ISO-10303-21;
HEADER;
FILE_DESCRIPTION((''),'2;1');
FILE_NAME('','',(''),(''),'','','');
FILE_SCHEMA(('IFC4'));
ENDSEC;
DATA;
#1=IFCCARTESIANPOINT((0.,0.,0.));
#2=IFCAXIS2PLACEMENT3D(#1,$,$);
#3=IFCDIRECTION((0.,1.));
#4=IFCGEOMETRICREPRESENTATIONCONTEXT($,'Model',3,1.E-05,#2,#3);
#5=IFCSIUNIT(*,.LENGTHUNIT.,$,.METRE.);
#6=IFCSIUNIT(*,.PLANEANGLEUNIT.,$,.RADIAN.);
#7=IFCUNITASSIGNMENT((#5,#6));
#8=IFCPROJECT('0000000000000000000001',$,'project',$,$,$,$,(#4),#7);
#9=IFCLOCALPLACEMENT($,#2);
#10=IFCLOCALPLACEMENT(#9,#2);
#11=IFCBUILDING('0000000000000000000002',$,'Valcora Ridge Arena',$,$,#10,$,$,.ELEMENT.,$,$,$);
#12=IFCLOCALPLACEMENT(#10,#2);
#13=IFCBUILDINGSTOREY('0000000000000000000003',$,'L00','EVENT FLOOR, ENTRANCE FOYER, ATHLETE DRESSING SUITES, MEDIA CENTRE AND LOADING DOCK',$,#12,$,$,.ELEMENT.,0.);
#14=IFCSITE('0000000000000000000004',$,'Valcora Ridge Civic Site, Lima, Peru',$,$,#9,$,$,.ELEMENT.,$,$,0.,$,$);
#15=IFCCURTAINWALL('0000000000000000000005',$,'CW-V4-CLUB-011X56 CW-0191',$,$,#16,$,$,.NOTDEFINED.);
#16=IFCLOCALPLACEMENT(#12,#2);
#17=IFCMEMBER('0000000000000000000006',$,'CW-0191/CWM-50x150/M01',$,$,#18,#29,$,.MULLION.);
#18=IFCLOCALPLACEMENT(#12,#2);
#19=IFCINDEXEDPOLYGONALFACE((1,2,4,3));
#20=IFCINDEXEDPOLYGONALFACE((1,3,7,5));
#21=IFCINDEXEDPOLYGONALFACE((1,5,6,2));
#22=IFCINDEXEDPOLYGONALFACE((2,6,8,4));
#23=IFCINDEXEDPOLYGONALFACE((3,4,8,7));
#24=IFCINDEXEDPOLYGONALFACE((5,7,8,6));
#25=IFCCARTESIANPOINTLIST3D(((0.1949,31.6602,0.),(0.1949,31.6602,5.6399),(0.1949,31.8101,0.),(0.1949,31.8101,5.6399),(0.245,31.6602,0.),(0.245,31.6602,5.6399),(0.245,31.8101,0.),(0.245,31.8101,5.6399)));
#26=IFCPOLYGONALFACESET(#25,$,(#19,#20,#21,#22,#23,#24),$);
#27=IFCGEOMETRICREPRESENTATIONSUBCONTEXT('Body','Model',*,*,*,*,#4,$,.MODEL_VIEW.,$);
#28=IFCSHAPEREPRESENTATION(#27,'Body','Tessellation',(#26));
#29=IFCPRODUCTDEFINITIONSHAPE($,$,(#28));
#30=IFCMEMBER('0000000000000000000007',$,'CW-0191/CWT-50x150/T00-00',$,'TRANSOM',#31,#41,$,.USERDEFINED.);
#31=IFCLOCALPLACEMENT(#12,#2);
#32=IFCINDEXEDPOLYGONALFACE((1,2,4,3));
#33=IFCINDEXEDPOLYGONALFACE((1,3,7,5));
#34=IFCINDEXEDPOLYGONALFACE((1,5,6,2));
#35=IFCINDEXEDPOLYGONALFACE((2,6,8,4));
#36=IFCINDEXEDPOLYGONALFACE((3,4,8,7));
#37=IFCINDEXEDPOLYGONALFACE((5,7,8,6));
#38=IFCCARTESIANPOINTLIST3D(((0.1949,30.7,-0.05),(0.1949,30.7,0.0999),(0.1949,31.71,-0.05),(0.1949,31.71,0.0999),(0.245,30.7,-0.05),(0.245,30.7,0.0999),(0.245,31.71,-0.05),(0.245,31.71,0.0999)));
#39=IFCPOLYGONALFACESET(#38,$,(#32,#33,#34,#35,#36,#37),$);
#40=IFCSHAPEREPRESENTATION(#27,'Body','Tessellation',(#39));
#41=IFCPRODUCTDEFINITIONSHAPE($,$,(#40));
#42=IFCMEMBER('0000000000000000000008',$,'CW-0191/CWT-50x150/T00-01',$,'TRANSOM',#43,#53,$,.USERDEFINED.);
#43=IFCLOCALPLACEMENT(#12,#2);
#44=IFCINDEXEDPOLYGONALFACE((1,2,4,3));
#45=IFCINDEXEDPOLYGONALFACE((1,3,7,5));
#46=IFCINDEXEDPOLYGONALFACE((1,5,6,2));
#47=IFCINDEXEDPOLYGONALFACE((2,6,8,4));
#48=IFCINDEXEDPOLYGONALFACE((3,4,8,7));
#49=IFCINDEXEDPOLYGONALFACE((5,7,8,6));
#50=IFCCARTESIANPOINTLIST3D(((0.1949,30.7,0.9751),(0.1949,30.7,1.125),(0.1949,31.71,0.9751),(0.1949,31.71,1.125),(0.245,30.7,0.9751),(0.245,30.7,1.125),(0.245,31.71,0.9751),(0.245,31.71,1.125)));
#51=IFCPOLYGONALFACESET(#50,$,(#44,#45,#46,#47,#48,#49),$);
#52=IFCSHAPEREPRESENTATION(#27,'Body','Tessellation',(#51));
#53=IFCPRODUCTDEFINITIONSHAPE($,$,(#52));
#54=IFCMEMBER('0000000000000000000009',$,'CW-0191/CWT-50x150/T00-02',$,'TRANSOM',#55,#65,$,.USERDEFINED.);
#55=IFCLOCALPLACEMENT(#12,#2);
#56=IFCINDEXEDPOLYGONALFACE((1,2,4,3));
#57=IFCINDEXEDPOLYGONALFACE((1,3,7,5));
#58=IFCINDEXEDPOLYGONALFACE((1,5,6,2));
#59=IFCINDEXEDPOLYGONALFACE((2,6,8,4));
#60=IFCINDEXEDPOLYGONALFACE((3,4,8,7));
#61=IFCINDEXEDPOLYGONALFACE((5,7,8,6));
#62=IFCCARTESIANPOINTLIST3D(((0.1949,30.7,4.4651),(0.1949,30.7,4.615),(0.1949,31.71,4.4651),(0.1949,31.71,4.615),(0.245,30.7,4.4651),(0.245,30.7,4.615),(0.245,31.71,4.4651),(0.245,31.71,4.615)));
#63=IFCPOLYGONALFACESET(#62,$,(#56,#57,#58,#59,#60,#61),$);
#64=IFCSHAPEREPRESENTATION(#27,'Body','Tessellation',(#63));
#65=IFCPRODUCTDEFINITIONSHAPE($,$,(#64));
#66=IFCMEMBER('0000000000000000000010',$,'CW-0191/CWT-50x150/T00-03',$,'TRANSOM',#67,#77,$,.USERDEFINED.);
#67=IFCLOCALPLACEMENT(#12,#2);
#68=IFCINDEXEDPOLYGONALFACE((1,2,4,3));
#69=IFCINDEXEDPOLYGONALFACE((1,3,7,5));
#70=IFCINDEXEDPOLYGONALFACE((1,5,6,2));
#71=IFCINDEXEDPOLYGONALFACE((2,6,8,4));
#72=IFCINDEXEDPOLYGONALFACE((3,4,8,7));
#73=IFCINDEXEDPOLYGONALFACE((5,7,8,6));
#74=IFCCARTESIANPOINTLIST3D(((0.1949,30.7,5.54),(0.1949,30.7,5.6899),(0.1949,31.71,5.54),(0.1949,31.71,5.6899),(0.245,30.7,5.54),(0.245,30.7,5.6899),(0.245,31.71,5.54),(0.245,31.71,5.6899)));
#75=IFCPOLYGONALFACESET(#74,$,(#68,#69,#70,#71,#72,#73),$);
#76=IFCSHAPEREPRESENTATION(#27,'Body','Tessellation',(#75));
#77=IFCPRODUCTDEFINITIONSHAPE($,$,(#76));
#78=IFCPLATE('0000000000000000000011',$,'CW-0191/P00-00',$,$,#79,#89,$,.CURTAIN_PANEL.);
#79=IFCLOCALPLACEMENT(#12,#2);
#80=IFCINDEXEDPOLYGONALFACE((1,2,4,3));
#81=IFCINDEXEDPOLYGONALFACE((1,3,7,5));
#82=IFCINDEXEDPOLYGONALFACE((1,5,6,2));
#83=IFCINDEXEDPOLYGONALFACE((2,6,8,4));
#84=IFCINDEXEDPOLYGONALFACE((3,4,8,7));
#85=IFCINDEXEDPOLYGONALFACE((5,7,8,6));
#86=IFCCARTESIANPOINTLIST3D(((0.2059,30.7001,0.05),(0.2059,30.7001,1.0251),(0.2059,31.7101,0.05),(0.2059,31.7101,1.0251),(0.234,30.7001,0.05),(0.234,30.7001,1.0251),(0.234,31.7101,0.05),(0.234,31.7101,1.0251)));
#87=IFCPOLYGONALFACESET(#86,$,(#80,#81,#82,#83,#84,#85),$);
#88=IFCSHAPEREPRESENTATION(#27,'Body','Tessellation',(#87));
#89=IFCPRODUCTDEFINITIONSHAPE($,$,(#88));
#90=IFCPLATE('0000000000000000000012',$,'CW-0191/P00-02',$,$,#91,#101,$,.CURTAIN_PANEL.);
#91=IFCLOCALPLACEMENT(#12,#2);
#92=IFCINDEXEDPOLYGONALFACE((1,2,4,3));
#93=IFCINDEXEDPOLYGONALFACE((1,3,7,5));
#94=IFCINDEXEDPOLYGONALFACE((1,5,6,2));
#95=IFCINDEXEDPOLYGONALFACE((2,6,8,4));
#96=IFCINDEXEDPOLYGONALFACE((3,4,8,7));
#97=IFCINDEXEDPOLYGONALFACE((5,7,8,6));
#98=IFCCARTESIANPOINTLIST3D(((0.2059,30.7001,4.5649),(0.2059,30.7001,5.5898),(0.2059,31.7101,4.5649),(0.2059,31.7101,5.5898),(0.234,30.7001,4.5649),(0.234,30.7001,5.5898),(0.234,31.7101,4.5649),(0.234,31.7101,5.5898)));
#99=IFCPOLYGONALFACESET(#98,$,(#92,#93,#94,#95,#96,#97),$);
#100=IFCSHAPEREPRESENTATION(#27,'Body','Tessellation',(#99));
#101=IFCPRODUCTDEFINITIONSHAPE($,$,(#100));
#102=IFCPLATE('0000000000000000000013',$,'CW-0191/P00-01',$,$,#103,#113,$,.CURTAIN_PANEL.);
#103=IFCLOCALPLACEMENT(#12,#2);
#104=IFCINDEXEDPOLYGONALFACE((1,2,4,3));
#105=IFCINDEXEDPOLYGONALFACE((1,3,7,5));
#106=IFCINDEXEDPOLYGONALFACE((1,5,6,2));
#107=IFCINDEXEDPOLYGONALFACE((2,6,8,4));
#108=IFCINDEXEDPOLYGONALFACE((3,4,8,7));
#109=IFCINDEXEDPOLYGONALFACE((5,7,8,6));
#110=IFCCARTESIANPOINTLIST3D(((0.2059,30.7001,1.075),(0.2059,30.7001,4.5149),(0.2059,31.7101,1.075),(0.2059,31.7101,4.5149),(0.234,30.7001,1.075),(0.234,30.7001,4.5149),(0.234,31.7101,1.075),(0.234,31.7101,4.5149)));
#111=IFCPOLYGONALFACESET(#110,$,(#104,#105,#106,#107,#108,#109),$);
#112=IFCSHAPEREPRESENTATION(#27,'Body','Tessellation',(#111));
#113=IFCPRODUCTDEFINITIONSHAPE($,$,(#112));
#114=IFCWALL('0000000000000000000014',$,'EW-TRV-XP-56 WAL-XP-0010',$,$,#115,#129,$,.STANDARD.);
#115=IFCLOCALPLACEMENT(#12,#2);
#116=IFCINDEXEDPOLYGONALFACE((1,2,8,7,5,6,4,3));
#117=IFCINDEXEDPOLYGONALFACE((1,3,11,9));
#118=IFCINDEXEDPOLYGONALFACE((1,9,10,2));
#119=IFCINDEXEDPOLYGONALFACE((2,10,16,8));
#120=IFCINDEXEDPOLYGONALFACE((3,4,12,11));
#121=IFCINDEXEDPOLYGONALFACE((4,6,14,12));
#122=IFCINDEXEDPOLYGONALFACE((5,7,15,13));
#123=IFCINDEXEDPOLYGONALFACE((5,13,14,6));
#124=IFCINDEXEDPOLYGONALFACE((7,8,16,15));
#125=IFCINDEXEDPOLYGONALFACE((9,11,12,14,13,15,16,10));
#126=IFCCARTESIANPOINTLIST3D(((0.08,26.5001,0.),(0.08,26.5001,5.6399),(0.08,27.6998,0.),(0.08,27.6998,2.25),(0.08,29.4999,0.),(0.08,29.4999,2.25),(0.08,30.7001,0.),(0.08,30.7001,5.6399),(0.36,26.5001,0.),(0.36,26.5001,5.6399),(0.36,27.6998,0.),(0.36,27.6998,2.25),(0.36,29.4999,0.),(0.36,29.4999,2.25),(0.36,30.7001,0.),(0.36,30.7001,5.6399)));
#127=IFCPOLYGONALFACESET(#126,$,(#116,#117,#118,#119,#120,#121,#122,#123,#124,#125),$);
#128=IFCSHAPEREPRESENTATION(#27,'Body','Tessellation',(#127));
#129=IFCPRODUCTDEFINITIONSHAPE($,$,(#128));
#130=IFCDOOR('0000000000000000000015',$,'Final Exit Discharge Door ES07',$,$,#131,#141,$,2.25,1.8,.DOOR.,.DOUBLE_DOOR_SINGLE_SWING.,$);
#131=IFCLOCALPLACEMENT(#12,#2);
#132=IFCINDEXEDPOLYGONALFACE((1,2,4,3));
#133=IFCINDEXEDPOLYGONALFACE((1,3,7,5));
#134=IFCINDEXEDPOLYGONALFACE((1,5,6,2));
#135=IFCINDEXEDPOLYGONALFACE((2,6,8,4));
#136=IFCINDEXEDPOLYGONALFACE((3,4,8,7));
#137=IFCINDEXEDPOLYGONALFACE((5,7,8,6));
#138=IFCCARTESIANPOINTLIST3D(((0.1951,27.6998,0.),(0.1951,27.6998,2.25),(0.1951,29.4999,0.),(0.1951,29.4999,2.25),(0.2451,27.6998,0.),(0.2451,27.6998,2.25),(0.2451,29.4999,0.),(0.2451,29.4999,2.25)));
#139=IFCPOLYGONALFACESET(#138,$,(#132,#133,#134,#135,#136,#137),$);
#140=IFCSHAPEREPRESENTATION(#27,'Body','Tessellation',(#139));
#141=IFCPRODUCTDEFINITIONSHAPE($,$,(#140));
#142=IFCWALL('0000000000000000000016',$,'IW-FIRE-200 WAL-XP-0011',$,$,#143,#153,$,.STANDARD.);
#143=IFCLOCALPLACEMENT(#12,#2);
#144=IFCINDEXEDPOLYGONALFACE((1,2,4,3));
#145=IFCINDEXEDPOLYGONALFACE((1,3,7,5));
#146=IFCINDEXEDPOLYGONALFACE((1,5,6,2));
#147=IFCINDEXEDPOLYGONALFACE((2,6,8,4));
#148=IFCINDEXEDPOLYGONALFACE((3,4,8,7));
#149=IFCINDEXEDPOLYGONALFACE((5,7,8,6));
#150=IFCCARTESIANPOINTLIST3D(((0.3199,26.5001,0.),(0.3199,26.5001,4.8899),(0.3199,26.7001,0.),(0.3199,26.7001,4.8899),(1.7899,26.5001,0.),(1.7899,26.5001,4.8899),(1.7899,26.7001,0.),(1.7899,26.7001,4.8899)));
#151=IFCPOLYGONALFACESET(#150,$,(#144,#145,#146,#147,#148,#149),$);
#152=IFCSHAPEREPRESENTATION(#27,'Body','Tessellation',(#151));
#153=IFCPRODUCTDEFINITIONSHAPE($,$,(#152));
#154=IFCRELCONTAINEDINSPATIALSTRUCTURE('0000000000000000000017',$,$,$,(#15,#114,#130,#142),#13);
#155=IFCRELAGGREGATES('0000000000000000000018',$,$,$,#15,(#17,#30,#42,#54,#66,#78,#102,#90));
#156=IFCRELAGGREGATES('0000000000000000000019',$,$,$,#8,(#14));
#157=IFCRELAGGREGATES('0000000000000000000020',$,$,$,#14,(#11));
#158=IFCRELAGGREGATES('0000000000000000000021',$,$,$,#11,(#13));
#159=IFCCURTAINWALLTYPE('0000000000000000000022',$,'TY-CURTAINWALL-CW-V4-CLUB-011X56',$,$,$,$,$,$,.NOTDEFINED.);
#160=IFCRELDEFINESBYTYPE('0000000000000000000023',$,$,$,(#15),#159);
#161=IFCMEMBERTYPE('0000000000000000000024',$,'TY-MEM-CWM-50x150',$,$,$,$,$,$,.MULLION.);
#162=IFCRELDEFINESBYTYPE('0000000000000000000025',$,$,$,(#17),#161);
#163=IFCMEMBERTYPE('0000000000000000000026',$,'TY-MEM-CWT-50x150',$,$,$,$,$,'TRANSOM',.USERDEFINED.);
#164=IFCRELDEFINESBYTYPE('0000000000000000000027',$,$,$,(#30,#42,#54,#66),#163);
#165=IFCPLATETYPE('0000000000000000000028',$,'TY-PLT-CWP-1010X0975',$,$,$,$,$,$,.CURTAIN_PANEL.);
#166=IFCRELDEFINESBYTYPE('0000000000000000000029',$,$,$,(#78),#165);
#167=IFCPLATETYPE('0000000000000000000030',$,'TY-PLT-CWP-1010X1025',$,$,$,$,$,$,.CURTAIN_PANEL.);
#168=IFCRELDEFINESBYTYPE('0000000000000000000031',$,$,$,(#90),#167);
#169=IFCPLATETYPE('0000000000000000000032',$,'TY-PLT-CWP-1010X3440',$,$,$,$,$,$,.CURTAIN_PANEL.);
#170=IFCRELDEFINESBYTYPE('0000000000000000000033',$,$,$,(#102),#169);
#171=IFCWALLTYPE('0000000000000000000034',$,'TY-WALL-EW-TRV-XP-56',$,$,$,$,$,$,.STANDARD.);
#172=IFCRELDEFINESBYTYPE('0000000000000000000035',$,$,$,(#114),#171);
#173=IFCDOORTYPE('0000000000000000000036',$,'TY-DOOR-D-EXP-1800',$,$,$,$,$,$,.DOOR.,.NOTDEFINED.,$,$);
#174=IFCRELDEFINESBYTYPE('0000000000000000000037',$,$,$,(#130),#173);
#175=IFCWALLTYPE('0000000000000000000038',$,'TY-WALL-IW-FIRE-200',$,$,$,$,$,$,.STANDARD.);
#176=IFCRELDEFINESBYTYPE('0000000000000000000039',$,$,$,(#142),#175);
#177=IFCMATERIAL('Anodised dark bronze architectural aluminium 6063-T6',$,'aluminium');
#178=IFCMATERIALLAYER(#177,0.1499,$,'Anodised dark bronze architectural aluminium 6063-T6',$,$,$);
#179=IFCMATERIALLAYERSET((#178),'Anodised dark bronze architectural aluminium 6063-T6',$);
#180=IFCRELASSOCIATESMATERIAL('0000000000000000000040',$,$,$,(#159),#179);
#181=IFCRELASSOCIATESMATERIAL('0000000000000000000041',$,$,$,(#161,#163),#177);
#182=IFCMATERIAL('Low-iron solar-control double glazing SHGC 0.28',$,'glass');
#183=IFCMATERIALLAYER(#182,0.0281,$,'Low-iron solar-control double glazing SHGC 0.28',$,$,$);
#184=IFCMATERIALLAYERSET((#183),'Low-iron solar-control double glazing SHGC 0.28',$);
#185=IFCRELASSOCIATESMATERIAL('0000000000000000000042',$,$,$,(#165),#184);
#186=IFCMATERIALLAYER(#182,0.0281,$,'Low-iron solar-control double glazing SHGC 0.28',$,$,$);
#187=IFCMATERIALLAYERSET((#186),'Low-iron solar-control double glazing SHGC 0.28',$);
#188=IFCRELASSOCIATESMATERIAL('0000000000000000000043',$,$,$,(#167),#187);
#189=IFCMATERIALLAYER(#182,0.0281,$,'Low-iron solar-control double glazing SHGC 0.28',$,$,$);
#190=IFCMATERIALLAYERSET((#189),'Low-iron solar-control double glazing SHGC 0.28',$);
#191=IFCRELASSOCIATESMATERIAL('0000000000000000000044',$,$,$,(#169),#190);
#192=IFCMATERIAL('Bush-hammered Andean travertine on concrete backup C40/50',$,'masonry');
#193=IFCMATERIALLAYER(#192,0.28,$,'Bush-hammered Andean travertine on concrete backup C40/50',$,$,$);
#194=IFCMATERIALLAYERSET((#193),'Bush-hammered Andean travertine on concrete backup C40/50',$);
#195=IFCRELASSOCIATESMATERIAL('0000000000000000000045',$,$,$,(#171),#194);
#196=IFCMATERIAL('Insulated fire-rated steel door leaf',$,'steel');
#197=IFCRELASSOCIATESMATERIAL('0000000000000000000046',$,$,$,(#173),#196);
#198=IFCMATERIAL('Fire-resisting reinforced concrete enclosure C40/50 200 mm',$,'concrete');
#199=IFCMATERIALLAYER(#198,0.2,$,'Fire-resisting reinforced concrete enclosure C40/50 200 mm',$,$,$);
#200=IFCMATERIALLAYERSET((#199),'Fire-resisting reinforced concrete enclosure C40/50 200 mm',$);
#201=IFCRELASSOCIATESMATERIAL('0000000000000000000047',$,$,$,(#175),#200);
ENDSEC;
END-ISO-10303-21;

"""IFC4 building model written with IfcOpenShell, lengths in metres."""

from ifc_helpers import new_model, si_unit, direction, frame, frame_2d, origin, origin_2d, place, context, subcontext, project, spatial, rectangle, extrude, material, layer, layer_set, material_profile, profile_set, type_object, element, fill, aggregate, save


model = new_model("IFC4")

# Units and contexts
model_context = context("Model", 3, precision=1e-05, world=origin(), true_north=direction((0.0, 1.0)))
body_context = subcontext(model_context, "Body", "Model", "MODEL_VIEW")
ifc_project = project(units=[si_unit("LENGTHUNIT", "METRE"), si_unit("PLANEANGLEUNIT", "RADIAN")], contexts=[model_context])

# Site, building, storey
site_placement = place(None, origin())
site = spatial("IfcSite", under=ifc_project, at=site_placement, Name="Valcora Ridge Civic Site, Lima, Peru", CompositionType="ELEMENT", RefElevation=0.0)
building_placement = place(site_placement, origin())
building = spatial("IfcBuilding", under=site, at=building_placement, Name="Valcora Ridge Arena", CompositionType="ELEMENT")
storey_placement = place(building_placement, origin())
storey = spatial("IfcBuildingStorey", under=building, at=storey_placement, Name="L00", Description="EVENT FLOOR, ENTRANCE FOYER, ATHLETE DRESSING SUITES, MEDIA CENTRE AND LOADING DOCK", CompositionType="ELEMENT", Elevation=0.0)

# Curtain wall, members, plates
ifc_material_1 = material(Name="Anodised dark bronze architectural aluminium 6063-T6", Category="aluminium")
ifc_layer_1 = layer(ifc_material_1, 0.1499, Name="Anodised dark bronze architectural aluminium 6063-T6")
ifc_layer_set_1 = layer_set([ifc_layer_1], Name="Anodised dark bronze architectural aluminium 6063-T6")
curtain_wall_type = type_object("IfcCurtainWallType", Name="TY-CURTAINWALL-CW-V4-CLUB-011X56", PredefinedType="NOTDEFINED", material=ifc_layer_set_1)
curtain_wall_placement = place(storey_placement, origin())
curtain_wall = element("IfcCurtainWall", 1, at=curtain_wall_placement, inside=storey, type_object=curtain_wall_type, Name="CW-V4-CLUB-011X56 CW-0191", PredefinedType="NOTDEFINED")
ifc_material_profile_1 = material_profile(ifc_material_1, rectangle(XDim=0.05, YDim=0.1499, at=origin_2d()), Name="ALU MULLION 50x150")
ifc_profile_set_1 = profile_set([ifc_material_profile_1], Name="Anodised dark bronze architectural aluminium 6063-T6")
member_type_1 = type_object("IfcMemberType", Name="TY-MEM-CWM-50x150", PredefinedType="MULLION", material=ifc_profile_set_1)
member_1_placement = place(storey_placement, frame((0.22, 31.7351, 0.0), z_axis=(0.0, 0.0, 1.0), x_axis=(-1.0, 0.0, 0.0)))
member_1 = element("IfcMember", 2, at=member_1_placement, type_object=member_type_1, Name="CW-0191/CWM-50x150/M01", PredefinedType="MULLION", context=body_context, shape_type="SweptSolid", body=[
    extrude(rectangle(XDim=0.05, YDim=0.1499, at=origin_2d()), origin(), (0.0, 0.0, 1.0), 5.6399),
])
ifc_material_profile_2 = material_profile(ifc_material_1, rectangle(XDim=0.05, YDim=0.1499, at=origin_2d()), Name="ALU TRANSOM 50x150")
ifc_profile_set_2 = profile_set([ifc_material_profile_2], Name="Anodised dark bronze architectural aluminium 6063-T6")
member_type_2 = type_object("IfcMemberType", Name="TY-MEM-CWT-50x150", ElementType="TRANSOM", PredefinedType="USERDEFINED", material=ifc_profile_set_2)
member_2_placement = place(storey_placement, frame((0.22, 30.7, 0.0249), z_axis=(0.0, 1.0, 0.0), x_axis=(-1.0, 0.0, 0.0)))
member_2 = element("IfcMember", 3, at=member_2_placement, type_object=member_type_2, Name="CW-0191/CWT-50x150/T00-00", ObjectType="TRANSOM", PredefinedType="USERDEFINED", context=body_context, shape_type="SweptSolid", body=[
    extrude(rectangle(XDim=0.05, YDim=0.1499, at=origin_2d()), origin(), (0.0, 0.0, 1.0), 1.01),
])
member_3_placement = place(storey_placement, frame((0.22, 30.7, 1.05), z_axis=(0.0, 1.0, 0.0), x_axis=(-1.0, 0.0, 0.0)))
member_3 = element("IfcMember", 4, at=member_3_placement, type_object=member_type_2, Name="CW-0191/CWT-50x150/T00-01", ObjectType="TRANSOM", PredefinedType="USERDEFINED", context=body_context, shape_type="SweptSolid", body=[
    extrude(rectangle(XDim=0.05, YDim=0.1499, at=origin_2d()), origin(), (0.0, 0.0, 1.0), 1.01),
])
member_4_placement = place(storey_placement, frame((0.22, 30.7, 4.54), z_axis=(0.0, 1.0, 0.0), x_axis=(-1.0, 0.0, 0.0)))
member_4 = element("IfcMember", 5, at=member_4_placement, type_object=member_type_2, Name="CW-0191/CWT-50x150/T00-02", ObjectType="TRANSOM", PredefinedType="USERDEFINED", context=body_context, shape_type="SweptSolid", body=[
    extrude(rectangle(XDim=0.05, YDim=0.1499, at=origin_2d()), origin(), (0.0, 0.0, 1.0), 1.01),
])
member_5_placement = place(storey_placement, frame((0.22, 30.7, 5.615), z_axis=(0.0, 1.0, 0.0), x_axis=(-1.0, 0.0, 0.0)))
member_5 = element("IfcMember", 6, at=member_5_placement, type_object=member_type_2, Name="CW-0191/CWT-50x150/T00-03", ObjectType="TRANSOM", PredefinedType="USERDEFINED", context=body_context, shape_type="SweptSolid", body=[
    extrude(rectangle(XDim=0.05, YDim=0.1499, at=origin_2d()), origin(), (0.0, 0.0, 1.0), 1.01),
])
ifc_material_2 = material(Name="Low-iron solar-control double glazing SHGC 0.28", Category="glass")
ifc_layer_2 = layer(ifc_material_2, 0.0281, Name="Low-iron solar-control double glazing SHGC 0.28")
ifc_layer_set_2 = layer_set([ifc_layer_2], Name="Low-iron solar-control double glazing SHGC 0.28")
plate_type_1 = type_object("IfcPlateType", Name="TY-PLT-CWP-1010X0975", PredefinedType="CURTAIN_PANEL", material=ifc_layer_set_2)
plate_1_placement = place(storey_placement, frame((0.22, 31.2051, 0.05), z_axis=(0.0, 0.0, 1.0), x_axis=(0.0, 1.0, 0.0)))
plate_1 = element("IfcPlate", 7, at=plate_1_placement, type_object=plate_type_1, Name="CW-0191/P00-00", PredefinedType="CURTAIN_PANEL", context=body_context, shape_type="SweptSolid", body=[
    extrude(rectangle(XDim=1.01, YDim=0.0281, at=origin_2d()), origin(), (0.0, 0.0, 1.0), 0.9751),
])
ifc_layer_3 = layer(ifc_material_2, 0.0281, Name="Low-iron solar-control double glazing SHGC 0.28")
ifc_layer_set_3 = layer_set([ifc_layer_3], Name="Low-iron solar-control double glazing SHGC 0.28")
plate_type_2 = type_object("IfcPlateType", Name="TY-PLT-CWP-1010X1025", PredefinedType="CURTAIN_PANEL", material=ifc_layer_set_3)
plate_2_placement = place(storey_placement, frame((0.22, 31.2051, 4.5649), z_axis=(0.0, 0.0, 1.0), x_axis=(0.0, 1.0, 0.0)))
plate_2 = element("IfcPlate", 8, at=plate_2_placement, type_object=plate_type_2, Name="CW-0191/P00-02", PredefinedType="CURTAIN_PANEL", context=body_context, shape_type="SweptSolid", body=[
    extrude(rectangle(XDim=1.01, YDim=0.0281, at=origin_2d()), origin(), (0.0, 0.0, 1.0), 1.0249),
])
ifc_layer_4 = layer(ifc_material_2, 0.0281, Name="Low-iron solar-control double glazing SHGC 0.28")
ifc_layer_set_4 = layer_set([ifc_layer_4], Name="Low-iron solar-control double glazing SHGC 0.28")
plate_type_3 = type_object("IfcPlateType", Name="TY-PLT-CWP-1010X3440", PredefinedType="CURTAIN_PANEL", material=ifc_layer_set_4)
plate_3_placement = place(storey_placement, frame((0.22, 31.2051, 1.075), z_axis=(0.0, 0.0, 1.0), x_axis=(0.0, 1.0, 0.0)))
plate_3 = element("IfcPlate", 9, at=plate_3_placement, type_object=plate_type_3, Name="CW-0191/P00-01", PredefinedType="CURTAIN_PANEL", context=body_context, shape_type="SweptSolid", body=[
    extrude(rectangle(XDim=1.01, YDim=0.0281, at=origin_2d()), origin(), (0.0, 0.0, 1.0), 3.4399),
])
aggregate(curtain_wall, [member_1, member_2, member_3, member_4, member_5, plate_1, plate_3, plate_2])

# Wall, opening, door
ifc_material_3 = material(Name="Bush-hammered Andean travertine on concrete backup C40/50", Category="masonry")
ifc_layer_5 = layer(ifc_material_3, 0.28, Name="Bush-hammered Andean travertine on concrete backup C40/50")
ifc_layer_set_5 = layer_set([ifc_layer_5], Name="Bush-hammered Andean travertine on concrete backup C40/50")
wall_type_1 = type_object("IfcWallType", Name="TY-WALL-EW-TRV-XP-56", PredefinedType="STANDARD", material=ifc_layer_set_5)
wall_1_placement = place(storey_placement, frame((0.22, 26.5, 0.0), z_axis=(0.0, 0.0, 1.0), x_axis=(0.0, 1.0, 0.0)))
wall_1 = element("IfcWall", 10, at=wall_1_placement, inside=storey, type_object=wall_type_1, Name="EW-TRV-XP-56 WAL-XP-0010", PredefinedType="STANDARD", context=body_context, shape_type="SweptSolid", body=[
    extrude(rectangle(XDim=4.2, YDim=0.28, at=frame_2d((2.1001, 0.0))), origin(), (0.0, 0.0, 1.0), 5.6399),
])
opening_1_placement = place(wall_1_placement, frame((1.2, 0.0, 0.0)))
opening_1 = element("IfcOpeningElement", 11, at=opening_1_placement, cuts=wall_1, PredefinedType="OPENING", context=body_context, shape_type="SweptSolid", body=[
    extrude(rectangle(XDim=1.8, YDim=2.25, at=frame_2d((0.8999, 1.125))), frame((0.0, 0.1499, 0.0), z_axis=(0.0, -1.0, 0.0), x_axis=(1.0, 0.0, 0.0)), (0.0, 0.0, 1.0), 0.3),
])
ifc_material_4 = material(Name="Insulated fire-rated steel door leaf", Category="steel")
door_type_1 = type_object("IfcDoorType", Name="TY-DOOR-D-EXP-1800", OperationType="NOTDEFINED", PredefinedType="DOOR", material=ifc_material_4)
door_1_placement = place(opening_1_placement, origin())
door_1 = element("IfcDoor", 12, at=door_1_placement, inside=storey, type_object=door_type_1, Name="Final Exit Discharge Door ES07", OperationType="DOUBLE_DOOR_SINGLE_SWING", OverallHeight=2.25, OverallWidth=1.8, PredefinedType="DOOR", context=body_context, shape_type="SweptSolid", body=[
    extrude(rectangle(XDim=1.8, YDim=2.25, at=frame_2d((0.8999, 1.125))), frame((0.0, 0.0249, 0.0), z_axis=(0.0, -1.0, 0.0), x_axis=(1.0, 0.0, 0.0)), (0.0, 0.0, 1.0), 0.05),
])
fill(opening_1, door_1)

# Wall
ifc_material_5 = material(Name="Fire-resisting reinforced concrete enclosure C40/50 200 mm", Category="concrete")
ifc_layer_6 = layer(ifc_material_5, 0.2, Name="Fire-resisting reinforced concrete enclosure C40/50 200 mm")
ifc_layer_set_6 = layer_set([ifc_layer_6], Name="Fire-resisting reinforced concrete enclosure C40/50 200 mm")
wall_type_2 = type_object("IfcWallType", Name="TY-WALL-IW-FIRE-200", PredefinedType="STANDARD", material=ifc_layer_set_6)
wall_2_placement = place(storey_placement, frame((0.3201, 26.6001, 0.0), z_axis=(0.0, 0.0, 1.0), x_axis=(1.0, 0.0, 0.0)))
element("IfcWall", 13, at=wall_2_placement, inside=storey, type_object=wall_type_2, Name="IW-FIRE-200 WAL-XP-0011", PredefinedType="STANDARD", context=body_context, shape_type="SweptSolid", body=[
    extrude(rectangle(XDim=1.47, YDim=0.2, at=frame_2d((0.7349, 0.0))), origin(), (0.0, 0.0, 1.0), 4.8899),
])

save(model, "model.ifc")
